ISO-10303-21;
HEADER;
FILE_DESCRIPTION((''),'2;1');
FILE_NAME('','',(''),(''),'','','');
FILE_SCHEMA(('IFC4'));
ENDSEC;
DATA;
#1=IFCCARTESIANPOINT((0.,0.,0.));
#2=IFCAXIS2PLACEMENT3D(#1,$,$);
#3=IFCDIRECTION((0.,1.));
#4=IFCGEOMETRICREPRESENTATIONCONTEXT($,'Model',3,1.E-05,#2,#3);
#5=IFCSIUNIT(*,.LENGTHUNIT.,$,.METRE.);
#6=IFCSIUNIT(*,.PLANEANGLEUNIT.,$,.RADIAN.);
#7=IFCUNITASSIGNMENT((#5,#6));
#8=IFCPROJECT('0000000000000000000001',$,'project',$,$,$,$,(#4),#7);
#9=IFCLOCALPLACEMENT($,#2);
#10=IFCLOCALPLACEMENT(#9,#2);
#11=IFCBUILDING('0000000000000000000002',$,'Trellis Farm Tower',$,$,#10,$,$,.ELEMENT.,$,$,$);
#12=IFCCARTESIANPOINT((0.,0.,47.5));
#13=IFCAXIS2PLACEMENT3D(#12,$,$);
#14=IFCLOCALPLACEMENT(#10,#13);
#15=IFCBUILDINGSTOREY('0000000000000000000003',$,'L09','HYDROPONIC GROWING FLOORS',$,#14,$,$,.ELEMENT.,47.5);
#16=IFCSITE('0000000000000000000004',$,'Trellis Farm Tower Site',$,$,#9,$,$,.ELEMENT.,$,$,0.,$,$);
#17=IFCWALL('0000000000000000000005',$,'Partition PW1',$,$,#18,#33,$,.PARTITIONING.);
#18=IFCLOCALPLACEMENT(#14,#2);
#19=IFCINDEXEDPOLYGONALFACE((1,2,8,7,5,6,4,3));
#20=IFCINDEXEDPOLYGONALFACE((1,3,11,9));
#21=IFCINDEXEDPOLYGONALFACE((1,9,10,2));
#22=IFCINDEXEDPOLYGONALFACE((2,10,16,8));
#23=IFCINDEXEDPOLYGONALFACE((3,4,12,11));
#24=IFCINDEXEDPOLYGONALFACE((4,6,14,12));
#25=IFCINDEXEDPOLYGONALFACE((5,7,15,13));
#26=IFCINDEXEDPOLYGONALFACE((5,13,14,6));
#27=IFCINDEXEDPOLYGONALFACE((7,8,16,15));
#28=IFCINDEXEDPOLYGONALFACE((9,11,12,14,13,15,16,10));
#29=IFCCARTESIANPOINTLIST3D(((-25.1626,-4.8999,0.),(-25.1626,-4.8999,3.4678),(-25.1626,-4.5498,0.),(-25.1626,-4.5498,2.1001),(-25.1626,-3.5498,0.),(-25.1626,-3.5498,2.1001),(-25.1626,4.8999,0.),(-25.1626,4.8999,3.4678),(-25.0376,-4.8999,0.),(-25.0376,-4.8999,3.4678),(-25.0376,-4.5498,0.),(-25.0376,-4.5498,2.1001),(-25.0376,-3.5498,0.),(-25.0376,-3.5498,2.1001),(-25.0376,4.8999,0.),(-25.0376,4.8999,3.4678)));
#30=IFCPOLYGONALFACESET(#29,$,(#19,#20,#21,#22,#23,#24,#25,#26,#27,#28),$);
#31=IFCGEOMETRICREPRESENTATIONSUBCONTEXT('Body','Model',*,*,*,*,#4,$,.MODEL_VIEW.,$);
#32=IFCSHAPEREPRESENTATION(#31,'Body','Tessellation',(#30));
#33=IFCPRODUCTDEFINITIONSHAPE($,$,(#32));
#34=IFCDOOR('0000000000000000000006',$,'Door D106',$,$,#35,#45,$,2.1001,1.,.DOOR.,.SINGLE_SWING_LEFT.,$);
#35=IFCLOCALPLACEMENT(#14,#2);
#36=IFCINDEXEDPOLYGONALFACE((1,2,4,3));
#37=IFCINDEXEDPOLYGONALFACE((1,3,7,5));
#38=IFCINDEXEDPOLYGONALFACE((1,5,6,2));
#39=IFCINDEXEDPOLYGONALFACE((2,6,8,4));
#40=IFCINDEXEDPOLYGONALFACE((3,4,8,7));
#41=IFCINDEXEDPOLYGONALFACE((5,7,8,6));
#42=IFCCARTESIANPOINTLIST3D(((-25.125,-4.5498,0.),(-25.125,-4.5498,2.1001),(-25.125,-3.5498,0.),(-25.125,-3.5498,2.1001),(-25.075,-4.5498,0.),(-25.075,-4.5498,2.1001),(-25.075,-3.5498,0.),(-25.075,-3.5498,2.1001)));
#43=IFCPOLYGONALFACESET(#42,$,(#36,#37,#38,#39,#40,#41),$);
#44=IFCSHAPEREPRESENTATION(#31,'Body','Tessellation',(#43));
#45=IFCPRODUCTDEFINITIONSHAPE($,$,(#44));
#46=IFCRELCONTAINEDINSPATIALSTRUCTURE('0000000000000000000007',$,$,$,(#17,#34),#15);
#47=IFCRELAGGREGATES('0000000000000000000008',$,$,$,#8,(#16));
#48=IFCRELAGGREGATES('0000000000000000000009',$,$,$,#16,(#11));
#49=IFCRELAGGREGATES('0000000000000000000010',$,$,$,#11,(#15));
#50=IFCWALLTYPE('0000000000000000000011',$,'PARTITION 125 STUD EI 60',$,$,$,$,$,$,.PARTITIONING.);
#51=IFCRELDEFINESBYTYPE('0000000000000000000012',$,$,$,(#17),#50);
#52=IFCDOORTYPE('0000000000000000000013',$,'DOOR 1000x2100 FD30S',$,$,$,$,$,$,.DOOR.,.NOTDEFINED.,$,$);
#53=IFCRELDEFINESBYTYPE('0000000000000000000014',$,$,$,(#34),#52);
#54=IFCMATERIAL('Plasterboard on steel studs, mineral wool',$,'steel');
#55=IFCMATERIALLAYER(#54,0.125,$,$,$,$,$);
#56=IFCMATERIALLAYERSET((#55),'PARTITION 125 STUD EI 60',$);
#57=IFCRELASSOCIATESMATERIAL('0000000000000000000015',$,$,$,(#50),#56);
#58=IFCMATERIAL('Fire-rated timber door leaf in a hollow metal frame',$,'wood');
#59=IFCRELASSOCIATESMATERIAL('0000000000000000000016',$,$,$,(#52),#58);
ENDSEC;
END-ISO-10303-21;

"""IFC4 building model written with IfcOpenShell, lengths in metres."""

from ifc_helpers import new_model, si_unit, direction, frame, frame_2d, origin, place, context, subcontext, project, spatial, rectangle, extrude, source, transform, mapped, material, layer, layer_set, type_object, element, fill, save


model = new_model("IFC4")

# Units and contexts
model_context = context("Model", 3, precision=1e-05, world=origin(), true_north=direction((0.0, 1.0)))
body_context = subcontext(model_context, "Body", "Model", "MODEL_VIEW")
ifc_project = project(units=[si_unit("LENGTHUNIT", "METRE"), si_unit("PLANEANGLEUNIT", "RADIAN")], contexts=[model_context])

# Site, building, storey
site_placement = place(None, origin())
site = spatial("IfcSite", under=ifc_project, at=site_placement, Name="Trellis Farm Tower Site", CompositionType="ELEMENT", RefElevation=0.0)
building_placement = place(site_placement, origin())
building = spatial("IfcBuilding", under=site, at=building_placement, Name="Trellis Farm Tower", CompositionType="ELEMENT")
storey_placement = place(building_placement, frame((0.0, 0.0, 47.5)))
storey = spatial("IfcBuildingStorey", under=building, at=storey_placement, Name="L09", Description="HYDROPONIC GROWING FLOORS", CompositionType="ELEMENT", Elevation=47.5)

# Wall, opening, door
ifc_material_1 = material(Name="Plasterboard on steel studs, mineral wool", Category="steel")
ifc_layer_1 = layer(ifc_material_1, 0.125)
ifc_layer_set_1 = layer_set([ifc_layer_1], Name="PARTITION 125 STUD EI 60")
wall_type_1 = type_object("IfcWallType", Name="PARTITION 125 STUD EI 60", PredefinedType="PARTITIONING", material=ifc_layer_set_1)
shared_shape_1 = source(origin(), body_context, "Body", "SweptSolid", [
    extrude(rectangle(XDim=9.7998, YDim=0.125, at=frame_2d((4.8999, 0.0))), origin(), (0.0, 0.0, 1.0), 3.4678),
])
wall_1_placement = place(storey_placement, frame((-25.1001, -4.8999, 0.0), z_axis=(0.0, 0.0, 1.0), x_axis=(0.0, 1.0, 0.0)))
wall_1 = element("IfcWall", 1, at=wall_1_placement, inside=storey, type_object=wall_type_1, Name="Partition PW1", PredefinedType="PARTITIONING", context=body_context, shape_type="MappedRepresentation", body=[
    mapped(shared_shape_1, transform((0.0, 0.0, 0.0))),
])
shared_shape_2 = source(origin(), body_context, "Body", "SweptSolid", [
    extrude(rectangle(XDim=1.0, YDim=2.1001, at=frame_2d((0.5, 1.05))), frame((0.0, 0.0725, 0.0), z_axis=(0.0, -1.0, 0.0), x_axis=(1.0, 0.0, 0.0)), (0.0, 0.0, 1.0), 0.145),
])
opening_1_placement = place(wall_1_placement, frame((0.3501, 0.0, 0.0)))
opening_1 = element("IfcOpeningElement", 2, at=opening_1_placement, cuts=wall_1, PredefinedType="OPENING", context=body_context, shape_type="MappedRepresentation", body=[
    mapped(shared_shape_2, transform((0.0, 0.0, 0.0))),
])
ifc_material_2 = material(Name="Fire-rated timber door leaf in a hollow metal frame", Category="wood")
door_type_1 = type_object("IfcDoorType", Name="DOOR 1000x2100 FD30S", OperationType="NOTDEFINED", PredefinedType="DOOR", material=ifc_material_2)
shared_shape_3 = source(origin(), body_context, "Body", "SweptSolid", [
    extrude(rectangle(XDim=1.0, YDim=2.1001, at=frame_2d((0.5, 1.05))), frame((0.0, 0.0249, 0.0), z_axis=(0.0, -1.0, 0.0), x_axis=(1.0, 0.0, 0.0)), (0.0, 0.0, 1.0), 0.05),
])
door_1_placement = place(opening_1_placement, origin())
door_1 = element("IfcDoor", 3, at=door_1_placement, inside=storey, type_object=door_type_1, Name="Door D106", OperationType="SINGLE_SWING_LEFT", OverallHeight=2.1001, OverallWidth=1.0, PredefinedType="DOOR", context=body_context, shape_type="MappedRepresentation", body=[
    mapped(shared_shape_3, transform((0.0, 0.0, 0.0))),
])
fill(opening_1, door_1)

save(model, "model.ifc")
